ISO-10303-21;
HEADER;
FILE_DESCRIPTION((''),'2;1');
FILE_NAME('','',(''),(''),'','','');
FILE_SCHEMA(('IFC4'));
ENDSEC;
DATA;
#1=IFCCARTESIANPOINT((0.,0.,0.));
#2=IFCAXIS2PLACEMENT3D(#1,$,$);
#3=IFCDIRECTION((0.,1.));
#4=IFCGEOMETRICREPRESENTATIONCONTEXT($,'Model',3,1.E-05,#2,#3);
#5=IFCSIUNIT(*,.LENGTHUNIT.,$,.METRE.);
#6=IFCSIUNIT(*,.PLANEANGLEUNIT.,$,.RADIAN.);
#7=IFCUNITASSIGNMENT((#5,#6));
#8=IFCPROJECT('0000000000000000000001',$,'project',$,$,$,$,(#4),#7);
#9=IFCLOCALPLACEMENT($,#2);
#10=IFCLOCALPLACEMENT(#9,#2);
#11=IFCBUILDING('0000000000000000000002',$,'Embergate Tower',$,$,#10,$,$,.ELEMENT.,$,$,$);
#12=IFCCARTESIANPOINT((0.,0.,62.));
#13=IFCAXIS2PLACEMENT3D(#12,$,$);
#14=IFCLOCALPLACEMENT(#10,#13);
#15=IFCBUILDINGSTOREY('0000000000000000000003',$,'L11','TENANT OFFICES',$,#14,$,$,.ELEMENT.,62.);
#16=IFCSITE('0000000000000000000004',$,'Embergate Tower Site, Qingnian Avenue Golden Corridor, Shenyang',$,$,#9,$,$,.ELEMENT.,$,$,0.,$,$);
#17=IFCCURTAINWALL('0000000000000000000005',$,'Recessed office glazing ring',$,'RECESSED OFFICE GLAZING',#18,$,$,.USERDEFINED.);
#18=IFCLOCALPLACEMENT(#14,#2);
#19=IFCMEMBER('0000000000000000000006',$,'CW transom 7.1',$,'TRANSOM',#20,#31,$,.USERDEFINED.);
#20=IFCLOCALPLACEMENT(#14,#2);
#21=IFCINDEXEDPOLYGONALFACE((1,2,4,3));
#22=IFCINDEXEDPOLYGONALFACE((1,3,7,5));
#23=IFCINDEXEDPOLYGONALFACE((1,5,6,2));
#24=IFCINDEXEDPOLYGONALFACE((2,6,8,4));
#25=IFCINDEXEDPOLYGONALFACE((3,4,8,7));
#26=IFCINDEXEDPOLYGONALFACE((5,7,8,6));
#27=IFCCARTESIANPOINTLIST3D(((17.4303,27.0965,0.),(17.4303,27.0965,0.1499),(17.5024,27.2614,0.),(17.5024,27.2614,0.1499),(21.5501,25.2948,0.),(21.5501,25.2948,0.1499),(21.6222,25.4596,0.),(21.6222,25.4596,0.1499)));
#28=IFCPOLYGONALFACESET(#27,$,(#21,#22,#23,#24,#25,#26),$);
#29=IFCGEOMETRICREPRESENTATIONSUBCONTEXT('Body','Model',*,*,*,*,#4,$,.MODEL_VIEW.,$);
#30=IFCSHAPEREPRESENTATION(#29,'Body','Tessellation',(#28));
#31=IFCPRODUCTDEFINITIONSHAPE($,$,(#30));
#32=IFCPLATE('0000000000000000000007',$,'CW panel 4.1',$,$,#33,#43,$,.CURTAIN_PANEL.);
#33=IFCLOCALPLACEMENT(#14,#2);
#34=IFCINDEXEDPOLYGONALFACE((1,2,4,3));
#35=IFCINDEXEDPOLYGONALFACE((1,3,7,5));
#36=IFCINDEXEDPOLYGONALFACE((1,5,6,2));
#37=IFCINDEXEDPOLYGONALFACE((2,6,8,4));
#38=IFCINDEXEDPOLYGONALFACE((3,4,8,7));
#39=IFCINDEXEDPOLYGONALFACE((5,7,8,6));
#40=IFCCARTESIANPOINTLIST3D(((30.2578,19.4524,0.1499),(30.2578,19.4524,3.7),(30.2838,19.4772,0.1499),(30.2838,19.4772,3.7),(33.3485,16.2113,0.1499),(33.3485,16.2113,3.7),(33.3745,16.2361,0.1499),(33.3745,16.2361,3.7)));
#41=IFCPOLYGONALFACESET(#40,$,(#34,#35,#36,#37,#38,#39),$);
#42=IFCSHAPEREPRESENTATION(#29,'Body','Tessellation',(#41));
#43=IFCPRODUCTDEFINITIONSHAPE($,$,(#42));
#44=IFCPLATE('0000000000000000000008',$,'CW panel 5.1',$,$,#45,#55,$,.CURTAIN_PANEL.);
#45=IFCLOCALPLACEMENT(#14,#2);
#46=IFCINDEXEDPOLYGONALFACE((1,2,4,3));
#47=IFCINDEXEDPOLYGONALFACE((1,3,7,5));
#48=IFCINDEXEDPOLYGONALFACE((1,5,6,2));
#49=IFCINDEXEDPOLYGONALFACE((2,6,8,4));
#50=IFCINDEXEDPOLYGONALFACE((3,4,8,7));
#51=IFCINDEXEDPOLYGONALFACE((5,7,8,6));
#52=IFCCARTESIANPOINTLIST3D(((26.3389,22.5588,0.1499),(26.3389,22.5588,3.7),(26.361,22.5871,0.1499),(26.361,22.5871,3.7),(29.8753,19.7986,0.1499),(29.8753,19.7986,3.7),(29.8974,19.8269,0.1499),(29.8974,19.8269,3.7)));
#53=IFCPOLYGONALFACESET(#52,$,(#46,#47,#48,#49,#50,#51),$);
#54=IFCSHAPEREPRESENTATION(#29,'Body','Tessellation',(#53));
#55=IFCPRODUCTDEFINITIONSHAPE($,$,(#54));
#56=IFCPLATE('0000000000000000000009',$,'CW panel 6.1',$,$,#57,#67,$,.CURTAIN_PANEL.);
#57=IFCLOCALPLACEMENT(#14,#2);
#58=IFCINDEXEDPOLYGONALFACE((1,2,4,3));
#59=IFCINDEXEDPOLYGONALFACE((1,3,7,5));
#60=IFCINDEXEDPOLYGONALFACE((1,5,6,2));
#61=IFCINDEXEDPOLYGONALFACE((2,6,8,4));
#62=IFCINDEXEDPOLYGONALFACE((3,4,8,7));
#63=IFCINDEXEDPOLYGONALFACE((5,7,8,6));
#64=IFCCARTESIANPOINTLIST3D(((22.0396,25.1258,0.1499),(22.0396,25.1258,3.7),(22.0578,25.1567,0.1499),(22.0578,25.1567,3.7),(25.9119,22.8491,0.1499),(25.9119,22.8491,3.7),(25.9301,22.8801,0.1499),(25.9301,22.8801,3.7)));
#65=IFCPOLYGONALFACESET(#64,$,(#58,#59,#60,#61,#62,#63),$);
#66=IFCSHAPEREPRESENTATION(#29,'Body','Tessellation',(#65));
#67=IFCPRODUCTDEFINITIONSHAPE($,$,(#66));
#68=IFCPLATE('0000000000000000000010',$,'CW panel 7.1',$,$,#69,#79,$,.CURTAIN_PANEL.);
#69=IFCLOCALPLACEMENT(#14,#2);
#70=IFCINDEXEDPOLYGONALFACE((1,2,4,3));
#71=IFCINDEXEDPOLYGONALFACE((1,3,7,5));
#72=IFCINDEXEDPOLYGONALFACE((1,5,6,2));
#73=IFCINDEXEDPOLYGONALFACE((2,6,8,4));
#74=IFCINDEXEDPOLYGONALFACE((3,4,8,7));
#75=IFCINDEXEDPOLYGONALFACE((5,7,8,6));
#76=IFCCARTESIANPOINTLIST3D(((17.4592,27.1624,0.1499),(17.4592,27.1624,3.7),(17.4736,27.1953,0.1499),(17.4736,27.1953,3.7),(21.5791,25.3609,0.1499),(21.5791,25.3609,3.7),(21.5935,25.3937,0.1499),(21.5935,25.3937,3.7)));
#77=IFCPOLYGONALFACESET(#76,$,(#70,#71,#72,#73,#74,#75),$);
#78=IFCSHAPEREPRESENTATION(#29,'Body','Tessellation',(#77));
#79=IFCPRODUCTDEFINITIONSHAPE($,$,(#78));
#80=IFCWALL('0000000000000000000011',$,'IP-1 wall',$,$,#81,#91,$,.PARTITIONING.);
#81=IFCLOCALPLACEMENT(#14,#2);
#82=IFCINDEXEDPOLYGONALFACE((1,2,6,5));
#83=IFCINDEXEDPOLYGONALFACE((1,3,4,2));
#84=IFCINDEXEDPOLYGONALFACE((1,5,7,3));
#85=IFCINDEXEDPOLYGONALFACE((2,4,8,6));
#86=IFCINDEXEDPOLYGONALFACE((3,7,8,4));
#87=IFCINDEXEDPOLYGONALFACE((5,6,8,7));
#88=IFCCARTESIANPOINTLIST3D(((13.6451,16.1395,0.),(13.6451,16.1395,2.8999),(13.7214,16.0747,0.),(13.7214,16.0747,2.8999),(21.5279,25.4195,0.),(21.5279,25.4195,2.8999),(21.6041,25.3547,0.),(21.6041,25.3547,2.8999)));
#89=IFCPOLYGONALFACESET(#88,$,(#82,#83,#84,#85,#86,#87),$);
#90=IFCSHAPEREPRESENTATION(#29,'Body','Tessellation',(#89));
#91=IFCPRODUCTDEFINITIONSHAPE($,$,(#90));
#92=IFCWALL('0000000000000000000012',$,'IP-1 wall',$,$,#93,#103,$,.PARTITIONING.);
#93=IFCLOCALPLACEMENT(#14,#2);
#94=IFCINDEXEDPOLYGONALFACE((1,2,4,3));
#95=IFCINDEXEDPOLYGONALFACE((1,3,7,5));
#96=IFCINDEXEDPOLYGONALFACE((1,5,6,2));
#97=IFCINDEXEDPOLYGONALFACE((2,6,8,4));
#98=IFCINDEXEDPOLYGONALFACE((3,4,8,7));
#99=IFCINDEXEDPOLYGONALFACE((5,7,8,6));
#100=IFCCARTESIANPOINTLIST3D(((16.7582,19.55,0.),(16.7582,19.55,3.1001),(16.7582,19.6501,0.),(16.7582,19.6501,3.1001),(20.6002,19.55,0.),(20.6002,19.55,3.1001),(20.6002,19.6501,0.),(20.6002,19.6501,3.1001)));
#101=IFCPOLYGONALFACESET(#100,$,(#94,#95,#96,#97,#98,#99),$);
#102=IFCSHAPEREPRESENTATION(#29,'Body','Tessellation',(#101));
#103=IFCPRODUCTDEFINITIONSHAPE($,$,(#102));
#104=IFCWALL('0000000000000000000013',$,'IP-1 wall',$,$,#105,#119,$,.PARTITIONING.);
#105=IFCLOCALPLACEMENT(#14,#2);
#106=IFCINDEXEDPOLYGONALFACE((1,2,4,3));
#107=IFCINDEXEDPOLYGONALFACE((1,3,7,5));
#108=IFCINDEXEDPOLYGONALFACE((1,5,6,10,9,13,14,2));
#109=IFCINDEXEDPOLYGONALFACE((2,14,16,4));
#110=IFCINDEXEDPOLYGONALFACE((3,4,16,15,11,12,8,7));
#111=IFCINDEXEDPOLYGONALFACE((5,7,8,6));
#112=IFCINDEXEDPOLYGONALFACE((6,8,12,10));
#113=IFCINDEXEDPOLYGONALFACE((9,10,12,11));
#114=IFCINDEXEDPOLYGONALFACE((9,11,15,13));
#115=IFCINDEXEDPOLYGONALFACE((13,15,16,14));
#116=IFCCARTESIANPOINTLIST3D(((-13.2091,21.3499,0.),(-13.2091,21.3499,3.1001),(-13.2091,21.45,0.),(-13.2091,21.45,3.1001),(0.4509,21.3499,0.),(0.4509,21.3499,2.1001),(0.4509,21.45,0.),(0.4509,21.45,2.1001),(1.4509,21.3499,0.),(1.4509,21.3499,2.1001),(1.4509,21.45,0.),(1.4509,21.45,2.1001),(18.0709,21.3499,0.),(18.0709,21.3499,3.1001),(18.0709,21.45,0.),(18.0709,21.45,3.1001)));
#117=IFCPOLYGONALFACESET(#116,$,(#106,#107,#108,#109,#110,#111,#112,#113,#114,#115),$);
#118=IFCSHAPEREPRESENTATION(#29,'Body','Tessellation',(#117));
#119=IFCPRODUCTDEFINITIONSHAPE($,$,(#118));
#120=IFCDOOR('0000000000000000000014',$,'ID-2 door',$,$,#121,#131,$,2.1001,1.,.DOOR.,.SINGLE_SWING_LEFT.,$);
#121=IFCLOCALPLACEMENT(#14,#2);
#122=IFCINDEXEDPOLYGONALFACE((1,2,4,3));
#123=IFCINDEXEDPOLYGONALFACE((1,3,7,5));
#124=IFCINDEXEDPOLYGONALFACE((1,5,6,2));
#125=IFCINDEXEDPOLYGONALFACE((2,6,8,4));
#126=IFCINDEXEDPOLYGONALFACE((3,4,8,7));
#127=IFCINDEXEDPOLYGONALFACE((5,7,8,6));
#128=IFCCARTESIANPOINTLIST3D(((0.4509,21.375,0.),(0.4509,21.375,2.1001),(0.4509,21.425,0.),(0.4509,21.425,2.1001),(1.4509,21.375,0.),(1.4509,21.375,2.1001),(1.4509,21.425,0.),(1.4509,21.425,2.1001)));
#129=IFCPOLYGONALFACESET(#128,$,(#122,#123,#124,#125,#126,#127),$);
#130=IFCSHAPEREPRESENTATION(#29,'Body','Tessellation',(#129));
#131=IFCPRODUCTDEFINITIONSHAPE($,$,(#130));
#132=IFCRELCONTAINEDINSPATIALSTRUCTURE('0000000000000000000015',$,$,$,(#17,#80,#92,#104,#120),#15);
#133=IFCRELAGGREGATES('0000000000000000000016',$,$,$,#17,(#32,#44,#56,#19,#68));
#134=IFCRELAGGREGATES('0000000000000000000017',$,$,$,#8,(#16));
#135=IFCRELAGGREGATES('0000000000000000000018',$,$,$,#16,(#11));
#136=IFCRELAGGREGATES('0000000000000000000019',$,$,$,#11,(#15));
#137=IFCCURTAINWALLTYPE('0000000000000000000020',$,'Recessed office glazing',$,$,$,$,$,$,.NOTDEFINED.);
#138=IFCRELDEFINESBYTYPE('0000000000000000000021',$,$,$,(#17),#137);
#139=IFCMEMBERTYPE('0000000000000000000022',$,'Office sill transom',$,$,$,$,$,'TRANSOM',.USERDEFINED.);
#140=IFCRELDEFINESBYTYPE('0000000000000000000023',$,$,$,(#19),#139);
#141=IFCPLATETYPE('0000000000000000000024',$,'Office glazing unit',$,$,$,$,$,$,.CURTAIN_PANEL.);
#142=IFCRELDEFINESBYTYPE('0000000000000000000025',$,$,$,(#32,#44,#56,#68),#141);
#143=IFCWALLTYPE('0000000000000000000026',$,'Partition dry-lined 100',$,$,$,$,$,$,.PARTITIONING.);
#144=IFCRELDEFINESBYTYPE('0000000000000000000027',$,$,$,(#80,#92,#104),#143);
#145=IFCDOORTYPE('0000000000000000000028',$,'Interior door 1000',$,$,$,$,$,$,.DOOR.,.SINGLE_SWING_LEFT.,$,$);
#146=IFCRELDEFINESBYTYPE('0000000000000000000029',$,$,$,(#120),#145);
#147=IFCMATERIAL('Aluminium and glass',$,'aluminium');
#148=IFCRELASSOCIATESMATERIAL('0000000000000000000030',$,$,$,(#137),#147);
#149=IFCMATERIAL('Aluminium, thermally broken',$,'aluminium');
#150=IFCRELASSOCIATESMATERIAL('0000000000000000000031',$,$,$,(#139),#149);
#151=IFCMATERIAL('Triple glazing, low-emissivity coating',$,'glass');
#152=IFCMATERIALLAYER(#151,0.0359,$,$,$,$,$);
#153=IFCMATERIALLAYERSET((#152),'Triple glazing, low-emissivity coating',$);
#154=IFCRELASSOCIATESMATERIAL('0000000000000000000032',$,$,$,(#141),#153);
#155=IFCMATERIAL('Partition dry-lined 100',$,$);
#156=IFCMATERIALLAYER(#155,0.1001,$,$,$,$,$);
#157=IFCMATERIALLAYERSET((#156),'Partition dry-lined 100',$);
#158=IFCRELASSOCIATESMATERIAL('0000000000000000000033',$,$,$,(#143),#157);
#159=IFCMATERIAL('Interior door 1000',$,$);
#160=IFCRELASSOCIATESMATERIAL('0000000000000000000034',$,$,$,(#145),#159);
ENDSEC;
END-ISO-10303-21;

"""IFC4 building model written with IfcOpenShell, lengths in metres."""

from ifc_helpers import new_model, si_unit, direction, frame, frame_2d, origin, origin_2d, place, context, subcontext, project, spatial, rectangle, extrude, source, transform, mapped, material, layer, layer_set, material_profile, profile_set, type_object, element, fill, aggregate, save


model = new_model("IFC4")

# Units and contexts
model_context = context("Model", 3, precision=1e-05, world=origin(), true_north=direction((0.0, 1.0)))
body_context = subcontext(model_context, "Body", "Model", "MODEL_VIEW")
ifc_project = project(units=[si_unit("LENGTHUNIT", "METRE"), si_unit("PLANEANGLEUNIT", "RADIAN")], contexts=[model_context])

# Site, building, storey
site_placement = place(None, origin())
site = spatial("IfcSite", under=ifc_project, at=site_placement, Name="Embergate Tower Site, Qingnian Avenue Golden Corridor, Shenyang", CompositionType="ELEMENT", RefElevation=0.0)
building_placement = place(site_placement, origin())
building = spatial("IfcBuilding", under=site, at=building_placement, Name="Embergate Tower", CompositionType="ELEMENT")
storey_placement = place(building_placement, frame((0.0, 0.0, 62.0)))
storey = spatial("IfcBuildingStorey", under=building, at=storey_placement, Name="L11", Description="TENANT OFFICES", CompositionType="ELEMENT", Elevation=62.0)

# Curtain wall, member, plates
ifc_material_1 = material(Name="Aluminium and glass", Category="aluminium")
curtain_wall_type = type_object("IfcCurtainWallType", Name="Recessed office glazing", PredefinedType="NOTDEFINED", material=ifc_material_1)
curtain_wall_placement = place(storey_placement, origin())
curtain_wall = element("IfcCurtainWall", 1, at=curtain_wall_placement, inside=storey, type_object=curtain_wall_type, Name="Recessed office glazing ring", ObjectType="RECESSED OFFICE GLAZING", PredefinedType="USERDEFINED")
ifc_material_2 = material(Name="Aluminium, thermally broken", Category="aluminium")
ifc_material_profile_1 = material_profile(ifc_material_2, rectangle(XDim=0.1799, YDim=0.1499, at=origin_2d()), Name="AL 150x180")
ifc_profile_set_1 = profile_set([ifc_material_profile_1], Name="Aluminium, thermally broken")
member_type_1 = type_object("IfcMemberType", Name="Office sill transom", ElementType="TRANSOM", PredefinedType="USERDEFINED", material=ifc_profile_set_1)
shared_shape_1 = source(origin(), body_context, "Body", "SweptSolid", [
    extrude(rectangle(XDim=0.1799, YDim=0.1499, at=origin_2d()), origin(), (0.0, 0.0, 1.0), 4.4966),
])
member_1_placement = place(storey_placement, frame((21.5862, 25.3772, 0.075), z_axis=(-0.916213, 0.400691, 0.0), x_axis=(-0.400691, -0.916213, 0.0)))
member_1 = element("IfcMember", 2, at=member_1_placement, type_object=member_type_1, Name="CW transom 7.1", ObjectType="TRANSOM", PredefinedType="USERDEFINED", context=body_context, shape_type="MappedRepresentation", body=[
    mapped(shared_shape_1, transform((0.0, 0.0, 0.0))),
])
ifc_material_3 = material(Name="Triple glazing, low-emissivity coating", Category="glass")
ifc_layer_1 = layer(ifc_material_3, 0.0359)
ifc_layer_set_1 = layer_set([ifc_layer_1], Name="Triple glazing, low-emissivity coating")
plate_type = type_object("IfcPlateType", Name="Office glazing unit", PredefinedType="CURTAIN_PANEL", material=ifc_layer_set_1)
shared_shape_2 = source(origin(), body_context, "Body", "SweptSolid", [
    extrude(rectangle(XDim=4.4785, YDim=0.0359, at=origin_2d()), origin(), (0.0, 0.0, 1.0), 3.55),
])
plate_1_placement = place(storey_placement, frame((31.8162, 17.8442, 0.1499), z_axis=(0.0, 0.0, 1.0), x_axis=(-0.690125, 0.72369, 0.0)))
plate_1 = element("IfcPlate", 3, at=plate_1_placement, type_object=plate_type, Name="CW panel 4.1", PredefinedType="CURTAIN_PANEL", context=body_context, shape_type="MappedRepresentation", body=[
    mapped(shared_shape_2, transform((0.0, 0.0, 0.0))),
])
shared_shape_3 = source(origin(), body_context, "Body", "SweptSolid", [
    extrude(rectangle(XDim=4.4861, YDim=0.0359, at=origin_2d()), origin(), (0.0, 0.0, 1.0), 3.55),
])
plate_2_placement = place(storey_placement, frame((28.1182, 21.1929, 0.1499), z_axis=(0.0, 0.0, 1.0), x_axis=(-0.788313, 0.615275, 0.0)))
plate_2 = element("IfcPlate", 4, at=plate_2_placement, type_object=plate_type, Name="CW panel 5.1", PredefinedType="CURTAIN_PANEL", context=body_context, shape_type="MappedRepresentation", body=[
    mapped(shared_shape_3, transform((0.0, 0.0, 0.0))),
])
shared_shape_4 = source(origin(), body_context, "Body", "SweptSolid", [
    extrude(rectangle(XDim=4.4919, YDim=0.0359, at=origin_2d()), origin(), (0.0, 0.0, 1.0), 3.55),
])
plate_3_placement = place(storey_placement, frame((23.9849, 24.0029, 0.1499), z_axis=(0.0, 0.0, 1.0), x_axis=(-0.862048, 0.506827, 0.0)))
plate_3 = element("IfcPlate", 5, at=plate_3_placement, type_object=plate_type, Name="CW panel 6.1", PredefinedType="CURTAIN_PANEL", context=body_context, shape_type="MappedRepresentation", body=[
    mapped(shared_shape_4, transform((0.0, 0.0, 0.0))),
])
shared_shape_5 = source(origin(), body_context, "Body", "SweptSolid", [
    extrude(rectangle(XDim=4.4966, YDim=0.0359, at=origin_2d()), origin(), (0.0, 0.0, 1.0), 3.55),
])
plate_4_placement = place(storey_placement, frame((19.5264, 26.2781, 0.1499), z_axis=(0.0, 0.0, 1.0), x_axis=(-0.916233, 0.400646, 0.0)))
plate_4 = element("IfcPlate", 6, at=plate_4_placement, type_object=plate_type, Name="CW panel 7.1", PredefinedType="CURTAIN_PANEL", context=body_context, shape_type="MappedRepresentation", body=[
    mapped(shared_shape_5, transform((0.0, 0.0, 0.0))),
])
aggregate(curtain_wall, [plate_1, plate_2, plate_3, member_1, plate_4])

# Walls
ifc_material_4 = material(Name="Partition dry-lined 100")
ifc_layer_2 = layer(ifc_material_4, 0.1001)
ifc_layer_set_2 = layer_set([ifc_layer_2], Name="Partition dry-lined 100")
wall_type = type_object("IfcWallType", Name="Partition dry-lined 100", PredefinedType="PARTITIONING", material=ifc_layer_set_2)
shared_shape_6 = source(origin(), body_context, "Body", "SweptSolid", [
    extrude(rectangle(XDim=12.176, YDim=0.1001, at=frame_2d((6.0879, 0.0))), origin(), (0.0, 0.0, 1.0), 2.8999),
])
wall_1_placement = place(storey_placement, frame((21.5659, 25.387, 0.0), z_axis=(0.0, 0.0, 1.0), x_axis=(-0.6474, -0.762151, 0.0)))
element("IfcWall", 7, at=wall_1_placement, inside=storey, type_object=wall_type, Name="IP-1 wall", PredefinedType="PARTITIONING", context=body_context, shape_type="MappedRepresentation", body=[
    mapped(shared_shape_6, transform((0.0, 0.0, 0.0))),
])
shared_shape_7 = source(origin(), body_context, "Body", "SweptSolid", [
    extrude(rectangle(XDim=3.842, YDim=0.1001, at=frame_2d((1.9209, 0.0))), origin(), (0.0, 0.0, 1.0), 3.1001),
])
wall_2_placement = place(storey_placement, frame((20.6001, 19.6001, 0.0), z_axis=(0.0, 0.0, 1.0), x_axis=(-1.0, 0.0, 0.0)))
element("IfcWall", 8, at=wall_2_placement, inside=storey, type_object=wall_type, Name="IP-1 wall", PredefinedType="PARTITIONING", context=body_context, shape_type="MappedRepresentation", body=[
    mapped(shared_shape_7, transform((0.0, 0.0, 0.0))),
])

# Wall, opening, door
shared_shape_8 = source(origin(), body_context, "Body", "SweptSolid", [
    extrude(rectangle(XDim=31.28, YDim=0.1001, at=frame_2d((15.6401, 0.0))), origin(), (0.0, 0.0, 1.0), 3.1001),
])
wall_3_placement = place(storey_placement, frame((18.071, 21.3999, 0.0), z_axis=(0.0, 0.0, 1.0), x_axis=(-1.0, 0.0, 0.0)))
wall_3 = element("IfcWall", 9, at=wall_3_placement, inside=storey, type_object=wall_type, Name="IP-1 wall", PredefinedType="PARTITIONING", context=body_context, shape_type="MappedRepresentation", body=[
    mapped(shared_shape_8, transform((0.0, 0.0, 0.0))),
])
shared_shape_9 = source(origin(), body_context, "Body", "SweptSolid", [
    extrude(rectangle(XDim=1.0, YDim=2.1001, at=frame_2d((0.5, 1.05))), frame((0.0, 0.0601, 0.0), z_axis=(0.0, -1.0, 0.0), x_axis=(1.0, 0.0, 0.0)), (0.0, 0.0, 1.0), 0.1201),
])
opening_placement = place(wall_3_placement, frame((16.6201, 0.0, 0.0)))
opening = element("IfcOpeningElement", 10, at=opening_placement, cuts=wall_3, PredefinedType="OPENING", context=body_context, shape_type="MappedRepresentation", body=[
    mapped(shared_shape_9, transform((0.0, 0.0, 0.0))),
])
ifc_material_5 = material(Name="Interior door 1000")
door_type = type_object("IfcDoorType", Name="Interior door 1000", OperationType="SINGLE_SWING_LEFT", PredefinedType="DOOR", material=ifc_material_5)
shared_shape_10 = source(origin(), body_context, "Body", "SweptSolid", [
    extrude(rectangle(XDim=1.0, YDim=2.1001, at=frame_2d((0.5, 1.05))), frame((0.0, 0.0249, 0.0), z_axis=(0.0, -1.0, 0.0), x_axis=(1.0, 0.0, 0.0)), (0.0, 0.0, 1.0), 0.05),
])
door_placement = place(opening_placement, origin())
door = element("IfcDoor", 11, at=door_placement, inside=storey, type_object=door_type, Name="ID-2 door", OperationType="SINGLE_SWING_LEFT", OverallHeight=2.1001, OverallWidth=1.0, PredefinedType="DOOR", context=body_context, shape_type="MappedRepresentation", body=[
    mapped(shared_shape_10, transform((0.0, 0.0, 0.0))),
])
fill(opening, door)

save(model, "model.ifc")
